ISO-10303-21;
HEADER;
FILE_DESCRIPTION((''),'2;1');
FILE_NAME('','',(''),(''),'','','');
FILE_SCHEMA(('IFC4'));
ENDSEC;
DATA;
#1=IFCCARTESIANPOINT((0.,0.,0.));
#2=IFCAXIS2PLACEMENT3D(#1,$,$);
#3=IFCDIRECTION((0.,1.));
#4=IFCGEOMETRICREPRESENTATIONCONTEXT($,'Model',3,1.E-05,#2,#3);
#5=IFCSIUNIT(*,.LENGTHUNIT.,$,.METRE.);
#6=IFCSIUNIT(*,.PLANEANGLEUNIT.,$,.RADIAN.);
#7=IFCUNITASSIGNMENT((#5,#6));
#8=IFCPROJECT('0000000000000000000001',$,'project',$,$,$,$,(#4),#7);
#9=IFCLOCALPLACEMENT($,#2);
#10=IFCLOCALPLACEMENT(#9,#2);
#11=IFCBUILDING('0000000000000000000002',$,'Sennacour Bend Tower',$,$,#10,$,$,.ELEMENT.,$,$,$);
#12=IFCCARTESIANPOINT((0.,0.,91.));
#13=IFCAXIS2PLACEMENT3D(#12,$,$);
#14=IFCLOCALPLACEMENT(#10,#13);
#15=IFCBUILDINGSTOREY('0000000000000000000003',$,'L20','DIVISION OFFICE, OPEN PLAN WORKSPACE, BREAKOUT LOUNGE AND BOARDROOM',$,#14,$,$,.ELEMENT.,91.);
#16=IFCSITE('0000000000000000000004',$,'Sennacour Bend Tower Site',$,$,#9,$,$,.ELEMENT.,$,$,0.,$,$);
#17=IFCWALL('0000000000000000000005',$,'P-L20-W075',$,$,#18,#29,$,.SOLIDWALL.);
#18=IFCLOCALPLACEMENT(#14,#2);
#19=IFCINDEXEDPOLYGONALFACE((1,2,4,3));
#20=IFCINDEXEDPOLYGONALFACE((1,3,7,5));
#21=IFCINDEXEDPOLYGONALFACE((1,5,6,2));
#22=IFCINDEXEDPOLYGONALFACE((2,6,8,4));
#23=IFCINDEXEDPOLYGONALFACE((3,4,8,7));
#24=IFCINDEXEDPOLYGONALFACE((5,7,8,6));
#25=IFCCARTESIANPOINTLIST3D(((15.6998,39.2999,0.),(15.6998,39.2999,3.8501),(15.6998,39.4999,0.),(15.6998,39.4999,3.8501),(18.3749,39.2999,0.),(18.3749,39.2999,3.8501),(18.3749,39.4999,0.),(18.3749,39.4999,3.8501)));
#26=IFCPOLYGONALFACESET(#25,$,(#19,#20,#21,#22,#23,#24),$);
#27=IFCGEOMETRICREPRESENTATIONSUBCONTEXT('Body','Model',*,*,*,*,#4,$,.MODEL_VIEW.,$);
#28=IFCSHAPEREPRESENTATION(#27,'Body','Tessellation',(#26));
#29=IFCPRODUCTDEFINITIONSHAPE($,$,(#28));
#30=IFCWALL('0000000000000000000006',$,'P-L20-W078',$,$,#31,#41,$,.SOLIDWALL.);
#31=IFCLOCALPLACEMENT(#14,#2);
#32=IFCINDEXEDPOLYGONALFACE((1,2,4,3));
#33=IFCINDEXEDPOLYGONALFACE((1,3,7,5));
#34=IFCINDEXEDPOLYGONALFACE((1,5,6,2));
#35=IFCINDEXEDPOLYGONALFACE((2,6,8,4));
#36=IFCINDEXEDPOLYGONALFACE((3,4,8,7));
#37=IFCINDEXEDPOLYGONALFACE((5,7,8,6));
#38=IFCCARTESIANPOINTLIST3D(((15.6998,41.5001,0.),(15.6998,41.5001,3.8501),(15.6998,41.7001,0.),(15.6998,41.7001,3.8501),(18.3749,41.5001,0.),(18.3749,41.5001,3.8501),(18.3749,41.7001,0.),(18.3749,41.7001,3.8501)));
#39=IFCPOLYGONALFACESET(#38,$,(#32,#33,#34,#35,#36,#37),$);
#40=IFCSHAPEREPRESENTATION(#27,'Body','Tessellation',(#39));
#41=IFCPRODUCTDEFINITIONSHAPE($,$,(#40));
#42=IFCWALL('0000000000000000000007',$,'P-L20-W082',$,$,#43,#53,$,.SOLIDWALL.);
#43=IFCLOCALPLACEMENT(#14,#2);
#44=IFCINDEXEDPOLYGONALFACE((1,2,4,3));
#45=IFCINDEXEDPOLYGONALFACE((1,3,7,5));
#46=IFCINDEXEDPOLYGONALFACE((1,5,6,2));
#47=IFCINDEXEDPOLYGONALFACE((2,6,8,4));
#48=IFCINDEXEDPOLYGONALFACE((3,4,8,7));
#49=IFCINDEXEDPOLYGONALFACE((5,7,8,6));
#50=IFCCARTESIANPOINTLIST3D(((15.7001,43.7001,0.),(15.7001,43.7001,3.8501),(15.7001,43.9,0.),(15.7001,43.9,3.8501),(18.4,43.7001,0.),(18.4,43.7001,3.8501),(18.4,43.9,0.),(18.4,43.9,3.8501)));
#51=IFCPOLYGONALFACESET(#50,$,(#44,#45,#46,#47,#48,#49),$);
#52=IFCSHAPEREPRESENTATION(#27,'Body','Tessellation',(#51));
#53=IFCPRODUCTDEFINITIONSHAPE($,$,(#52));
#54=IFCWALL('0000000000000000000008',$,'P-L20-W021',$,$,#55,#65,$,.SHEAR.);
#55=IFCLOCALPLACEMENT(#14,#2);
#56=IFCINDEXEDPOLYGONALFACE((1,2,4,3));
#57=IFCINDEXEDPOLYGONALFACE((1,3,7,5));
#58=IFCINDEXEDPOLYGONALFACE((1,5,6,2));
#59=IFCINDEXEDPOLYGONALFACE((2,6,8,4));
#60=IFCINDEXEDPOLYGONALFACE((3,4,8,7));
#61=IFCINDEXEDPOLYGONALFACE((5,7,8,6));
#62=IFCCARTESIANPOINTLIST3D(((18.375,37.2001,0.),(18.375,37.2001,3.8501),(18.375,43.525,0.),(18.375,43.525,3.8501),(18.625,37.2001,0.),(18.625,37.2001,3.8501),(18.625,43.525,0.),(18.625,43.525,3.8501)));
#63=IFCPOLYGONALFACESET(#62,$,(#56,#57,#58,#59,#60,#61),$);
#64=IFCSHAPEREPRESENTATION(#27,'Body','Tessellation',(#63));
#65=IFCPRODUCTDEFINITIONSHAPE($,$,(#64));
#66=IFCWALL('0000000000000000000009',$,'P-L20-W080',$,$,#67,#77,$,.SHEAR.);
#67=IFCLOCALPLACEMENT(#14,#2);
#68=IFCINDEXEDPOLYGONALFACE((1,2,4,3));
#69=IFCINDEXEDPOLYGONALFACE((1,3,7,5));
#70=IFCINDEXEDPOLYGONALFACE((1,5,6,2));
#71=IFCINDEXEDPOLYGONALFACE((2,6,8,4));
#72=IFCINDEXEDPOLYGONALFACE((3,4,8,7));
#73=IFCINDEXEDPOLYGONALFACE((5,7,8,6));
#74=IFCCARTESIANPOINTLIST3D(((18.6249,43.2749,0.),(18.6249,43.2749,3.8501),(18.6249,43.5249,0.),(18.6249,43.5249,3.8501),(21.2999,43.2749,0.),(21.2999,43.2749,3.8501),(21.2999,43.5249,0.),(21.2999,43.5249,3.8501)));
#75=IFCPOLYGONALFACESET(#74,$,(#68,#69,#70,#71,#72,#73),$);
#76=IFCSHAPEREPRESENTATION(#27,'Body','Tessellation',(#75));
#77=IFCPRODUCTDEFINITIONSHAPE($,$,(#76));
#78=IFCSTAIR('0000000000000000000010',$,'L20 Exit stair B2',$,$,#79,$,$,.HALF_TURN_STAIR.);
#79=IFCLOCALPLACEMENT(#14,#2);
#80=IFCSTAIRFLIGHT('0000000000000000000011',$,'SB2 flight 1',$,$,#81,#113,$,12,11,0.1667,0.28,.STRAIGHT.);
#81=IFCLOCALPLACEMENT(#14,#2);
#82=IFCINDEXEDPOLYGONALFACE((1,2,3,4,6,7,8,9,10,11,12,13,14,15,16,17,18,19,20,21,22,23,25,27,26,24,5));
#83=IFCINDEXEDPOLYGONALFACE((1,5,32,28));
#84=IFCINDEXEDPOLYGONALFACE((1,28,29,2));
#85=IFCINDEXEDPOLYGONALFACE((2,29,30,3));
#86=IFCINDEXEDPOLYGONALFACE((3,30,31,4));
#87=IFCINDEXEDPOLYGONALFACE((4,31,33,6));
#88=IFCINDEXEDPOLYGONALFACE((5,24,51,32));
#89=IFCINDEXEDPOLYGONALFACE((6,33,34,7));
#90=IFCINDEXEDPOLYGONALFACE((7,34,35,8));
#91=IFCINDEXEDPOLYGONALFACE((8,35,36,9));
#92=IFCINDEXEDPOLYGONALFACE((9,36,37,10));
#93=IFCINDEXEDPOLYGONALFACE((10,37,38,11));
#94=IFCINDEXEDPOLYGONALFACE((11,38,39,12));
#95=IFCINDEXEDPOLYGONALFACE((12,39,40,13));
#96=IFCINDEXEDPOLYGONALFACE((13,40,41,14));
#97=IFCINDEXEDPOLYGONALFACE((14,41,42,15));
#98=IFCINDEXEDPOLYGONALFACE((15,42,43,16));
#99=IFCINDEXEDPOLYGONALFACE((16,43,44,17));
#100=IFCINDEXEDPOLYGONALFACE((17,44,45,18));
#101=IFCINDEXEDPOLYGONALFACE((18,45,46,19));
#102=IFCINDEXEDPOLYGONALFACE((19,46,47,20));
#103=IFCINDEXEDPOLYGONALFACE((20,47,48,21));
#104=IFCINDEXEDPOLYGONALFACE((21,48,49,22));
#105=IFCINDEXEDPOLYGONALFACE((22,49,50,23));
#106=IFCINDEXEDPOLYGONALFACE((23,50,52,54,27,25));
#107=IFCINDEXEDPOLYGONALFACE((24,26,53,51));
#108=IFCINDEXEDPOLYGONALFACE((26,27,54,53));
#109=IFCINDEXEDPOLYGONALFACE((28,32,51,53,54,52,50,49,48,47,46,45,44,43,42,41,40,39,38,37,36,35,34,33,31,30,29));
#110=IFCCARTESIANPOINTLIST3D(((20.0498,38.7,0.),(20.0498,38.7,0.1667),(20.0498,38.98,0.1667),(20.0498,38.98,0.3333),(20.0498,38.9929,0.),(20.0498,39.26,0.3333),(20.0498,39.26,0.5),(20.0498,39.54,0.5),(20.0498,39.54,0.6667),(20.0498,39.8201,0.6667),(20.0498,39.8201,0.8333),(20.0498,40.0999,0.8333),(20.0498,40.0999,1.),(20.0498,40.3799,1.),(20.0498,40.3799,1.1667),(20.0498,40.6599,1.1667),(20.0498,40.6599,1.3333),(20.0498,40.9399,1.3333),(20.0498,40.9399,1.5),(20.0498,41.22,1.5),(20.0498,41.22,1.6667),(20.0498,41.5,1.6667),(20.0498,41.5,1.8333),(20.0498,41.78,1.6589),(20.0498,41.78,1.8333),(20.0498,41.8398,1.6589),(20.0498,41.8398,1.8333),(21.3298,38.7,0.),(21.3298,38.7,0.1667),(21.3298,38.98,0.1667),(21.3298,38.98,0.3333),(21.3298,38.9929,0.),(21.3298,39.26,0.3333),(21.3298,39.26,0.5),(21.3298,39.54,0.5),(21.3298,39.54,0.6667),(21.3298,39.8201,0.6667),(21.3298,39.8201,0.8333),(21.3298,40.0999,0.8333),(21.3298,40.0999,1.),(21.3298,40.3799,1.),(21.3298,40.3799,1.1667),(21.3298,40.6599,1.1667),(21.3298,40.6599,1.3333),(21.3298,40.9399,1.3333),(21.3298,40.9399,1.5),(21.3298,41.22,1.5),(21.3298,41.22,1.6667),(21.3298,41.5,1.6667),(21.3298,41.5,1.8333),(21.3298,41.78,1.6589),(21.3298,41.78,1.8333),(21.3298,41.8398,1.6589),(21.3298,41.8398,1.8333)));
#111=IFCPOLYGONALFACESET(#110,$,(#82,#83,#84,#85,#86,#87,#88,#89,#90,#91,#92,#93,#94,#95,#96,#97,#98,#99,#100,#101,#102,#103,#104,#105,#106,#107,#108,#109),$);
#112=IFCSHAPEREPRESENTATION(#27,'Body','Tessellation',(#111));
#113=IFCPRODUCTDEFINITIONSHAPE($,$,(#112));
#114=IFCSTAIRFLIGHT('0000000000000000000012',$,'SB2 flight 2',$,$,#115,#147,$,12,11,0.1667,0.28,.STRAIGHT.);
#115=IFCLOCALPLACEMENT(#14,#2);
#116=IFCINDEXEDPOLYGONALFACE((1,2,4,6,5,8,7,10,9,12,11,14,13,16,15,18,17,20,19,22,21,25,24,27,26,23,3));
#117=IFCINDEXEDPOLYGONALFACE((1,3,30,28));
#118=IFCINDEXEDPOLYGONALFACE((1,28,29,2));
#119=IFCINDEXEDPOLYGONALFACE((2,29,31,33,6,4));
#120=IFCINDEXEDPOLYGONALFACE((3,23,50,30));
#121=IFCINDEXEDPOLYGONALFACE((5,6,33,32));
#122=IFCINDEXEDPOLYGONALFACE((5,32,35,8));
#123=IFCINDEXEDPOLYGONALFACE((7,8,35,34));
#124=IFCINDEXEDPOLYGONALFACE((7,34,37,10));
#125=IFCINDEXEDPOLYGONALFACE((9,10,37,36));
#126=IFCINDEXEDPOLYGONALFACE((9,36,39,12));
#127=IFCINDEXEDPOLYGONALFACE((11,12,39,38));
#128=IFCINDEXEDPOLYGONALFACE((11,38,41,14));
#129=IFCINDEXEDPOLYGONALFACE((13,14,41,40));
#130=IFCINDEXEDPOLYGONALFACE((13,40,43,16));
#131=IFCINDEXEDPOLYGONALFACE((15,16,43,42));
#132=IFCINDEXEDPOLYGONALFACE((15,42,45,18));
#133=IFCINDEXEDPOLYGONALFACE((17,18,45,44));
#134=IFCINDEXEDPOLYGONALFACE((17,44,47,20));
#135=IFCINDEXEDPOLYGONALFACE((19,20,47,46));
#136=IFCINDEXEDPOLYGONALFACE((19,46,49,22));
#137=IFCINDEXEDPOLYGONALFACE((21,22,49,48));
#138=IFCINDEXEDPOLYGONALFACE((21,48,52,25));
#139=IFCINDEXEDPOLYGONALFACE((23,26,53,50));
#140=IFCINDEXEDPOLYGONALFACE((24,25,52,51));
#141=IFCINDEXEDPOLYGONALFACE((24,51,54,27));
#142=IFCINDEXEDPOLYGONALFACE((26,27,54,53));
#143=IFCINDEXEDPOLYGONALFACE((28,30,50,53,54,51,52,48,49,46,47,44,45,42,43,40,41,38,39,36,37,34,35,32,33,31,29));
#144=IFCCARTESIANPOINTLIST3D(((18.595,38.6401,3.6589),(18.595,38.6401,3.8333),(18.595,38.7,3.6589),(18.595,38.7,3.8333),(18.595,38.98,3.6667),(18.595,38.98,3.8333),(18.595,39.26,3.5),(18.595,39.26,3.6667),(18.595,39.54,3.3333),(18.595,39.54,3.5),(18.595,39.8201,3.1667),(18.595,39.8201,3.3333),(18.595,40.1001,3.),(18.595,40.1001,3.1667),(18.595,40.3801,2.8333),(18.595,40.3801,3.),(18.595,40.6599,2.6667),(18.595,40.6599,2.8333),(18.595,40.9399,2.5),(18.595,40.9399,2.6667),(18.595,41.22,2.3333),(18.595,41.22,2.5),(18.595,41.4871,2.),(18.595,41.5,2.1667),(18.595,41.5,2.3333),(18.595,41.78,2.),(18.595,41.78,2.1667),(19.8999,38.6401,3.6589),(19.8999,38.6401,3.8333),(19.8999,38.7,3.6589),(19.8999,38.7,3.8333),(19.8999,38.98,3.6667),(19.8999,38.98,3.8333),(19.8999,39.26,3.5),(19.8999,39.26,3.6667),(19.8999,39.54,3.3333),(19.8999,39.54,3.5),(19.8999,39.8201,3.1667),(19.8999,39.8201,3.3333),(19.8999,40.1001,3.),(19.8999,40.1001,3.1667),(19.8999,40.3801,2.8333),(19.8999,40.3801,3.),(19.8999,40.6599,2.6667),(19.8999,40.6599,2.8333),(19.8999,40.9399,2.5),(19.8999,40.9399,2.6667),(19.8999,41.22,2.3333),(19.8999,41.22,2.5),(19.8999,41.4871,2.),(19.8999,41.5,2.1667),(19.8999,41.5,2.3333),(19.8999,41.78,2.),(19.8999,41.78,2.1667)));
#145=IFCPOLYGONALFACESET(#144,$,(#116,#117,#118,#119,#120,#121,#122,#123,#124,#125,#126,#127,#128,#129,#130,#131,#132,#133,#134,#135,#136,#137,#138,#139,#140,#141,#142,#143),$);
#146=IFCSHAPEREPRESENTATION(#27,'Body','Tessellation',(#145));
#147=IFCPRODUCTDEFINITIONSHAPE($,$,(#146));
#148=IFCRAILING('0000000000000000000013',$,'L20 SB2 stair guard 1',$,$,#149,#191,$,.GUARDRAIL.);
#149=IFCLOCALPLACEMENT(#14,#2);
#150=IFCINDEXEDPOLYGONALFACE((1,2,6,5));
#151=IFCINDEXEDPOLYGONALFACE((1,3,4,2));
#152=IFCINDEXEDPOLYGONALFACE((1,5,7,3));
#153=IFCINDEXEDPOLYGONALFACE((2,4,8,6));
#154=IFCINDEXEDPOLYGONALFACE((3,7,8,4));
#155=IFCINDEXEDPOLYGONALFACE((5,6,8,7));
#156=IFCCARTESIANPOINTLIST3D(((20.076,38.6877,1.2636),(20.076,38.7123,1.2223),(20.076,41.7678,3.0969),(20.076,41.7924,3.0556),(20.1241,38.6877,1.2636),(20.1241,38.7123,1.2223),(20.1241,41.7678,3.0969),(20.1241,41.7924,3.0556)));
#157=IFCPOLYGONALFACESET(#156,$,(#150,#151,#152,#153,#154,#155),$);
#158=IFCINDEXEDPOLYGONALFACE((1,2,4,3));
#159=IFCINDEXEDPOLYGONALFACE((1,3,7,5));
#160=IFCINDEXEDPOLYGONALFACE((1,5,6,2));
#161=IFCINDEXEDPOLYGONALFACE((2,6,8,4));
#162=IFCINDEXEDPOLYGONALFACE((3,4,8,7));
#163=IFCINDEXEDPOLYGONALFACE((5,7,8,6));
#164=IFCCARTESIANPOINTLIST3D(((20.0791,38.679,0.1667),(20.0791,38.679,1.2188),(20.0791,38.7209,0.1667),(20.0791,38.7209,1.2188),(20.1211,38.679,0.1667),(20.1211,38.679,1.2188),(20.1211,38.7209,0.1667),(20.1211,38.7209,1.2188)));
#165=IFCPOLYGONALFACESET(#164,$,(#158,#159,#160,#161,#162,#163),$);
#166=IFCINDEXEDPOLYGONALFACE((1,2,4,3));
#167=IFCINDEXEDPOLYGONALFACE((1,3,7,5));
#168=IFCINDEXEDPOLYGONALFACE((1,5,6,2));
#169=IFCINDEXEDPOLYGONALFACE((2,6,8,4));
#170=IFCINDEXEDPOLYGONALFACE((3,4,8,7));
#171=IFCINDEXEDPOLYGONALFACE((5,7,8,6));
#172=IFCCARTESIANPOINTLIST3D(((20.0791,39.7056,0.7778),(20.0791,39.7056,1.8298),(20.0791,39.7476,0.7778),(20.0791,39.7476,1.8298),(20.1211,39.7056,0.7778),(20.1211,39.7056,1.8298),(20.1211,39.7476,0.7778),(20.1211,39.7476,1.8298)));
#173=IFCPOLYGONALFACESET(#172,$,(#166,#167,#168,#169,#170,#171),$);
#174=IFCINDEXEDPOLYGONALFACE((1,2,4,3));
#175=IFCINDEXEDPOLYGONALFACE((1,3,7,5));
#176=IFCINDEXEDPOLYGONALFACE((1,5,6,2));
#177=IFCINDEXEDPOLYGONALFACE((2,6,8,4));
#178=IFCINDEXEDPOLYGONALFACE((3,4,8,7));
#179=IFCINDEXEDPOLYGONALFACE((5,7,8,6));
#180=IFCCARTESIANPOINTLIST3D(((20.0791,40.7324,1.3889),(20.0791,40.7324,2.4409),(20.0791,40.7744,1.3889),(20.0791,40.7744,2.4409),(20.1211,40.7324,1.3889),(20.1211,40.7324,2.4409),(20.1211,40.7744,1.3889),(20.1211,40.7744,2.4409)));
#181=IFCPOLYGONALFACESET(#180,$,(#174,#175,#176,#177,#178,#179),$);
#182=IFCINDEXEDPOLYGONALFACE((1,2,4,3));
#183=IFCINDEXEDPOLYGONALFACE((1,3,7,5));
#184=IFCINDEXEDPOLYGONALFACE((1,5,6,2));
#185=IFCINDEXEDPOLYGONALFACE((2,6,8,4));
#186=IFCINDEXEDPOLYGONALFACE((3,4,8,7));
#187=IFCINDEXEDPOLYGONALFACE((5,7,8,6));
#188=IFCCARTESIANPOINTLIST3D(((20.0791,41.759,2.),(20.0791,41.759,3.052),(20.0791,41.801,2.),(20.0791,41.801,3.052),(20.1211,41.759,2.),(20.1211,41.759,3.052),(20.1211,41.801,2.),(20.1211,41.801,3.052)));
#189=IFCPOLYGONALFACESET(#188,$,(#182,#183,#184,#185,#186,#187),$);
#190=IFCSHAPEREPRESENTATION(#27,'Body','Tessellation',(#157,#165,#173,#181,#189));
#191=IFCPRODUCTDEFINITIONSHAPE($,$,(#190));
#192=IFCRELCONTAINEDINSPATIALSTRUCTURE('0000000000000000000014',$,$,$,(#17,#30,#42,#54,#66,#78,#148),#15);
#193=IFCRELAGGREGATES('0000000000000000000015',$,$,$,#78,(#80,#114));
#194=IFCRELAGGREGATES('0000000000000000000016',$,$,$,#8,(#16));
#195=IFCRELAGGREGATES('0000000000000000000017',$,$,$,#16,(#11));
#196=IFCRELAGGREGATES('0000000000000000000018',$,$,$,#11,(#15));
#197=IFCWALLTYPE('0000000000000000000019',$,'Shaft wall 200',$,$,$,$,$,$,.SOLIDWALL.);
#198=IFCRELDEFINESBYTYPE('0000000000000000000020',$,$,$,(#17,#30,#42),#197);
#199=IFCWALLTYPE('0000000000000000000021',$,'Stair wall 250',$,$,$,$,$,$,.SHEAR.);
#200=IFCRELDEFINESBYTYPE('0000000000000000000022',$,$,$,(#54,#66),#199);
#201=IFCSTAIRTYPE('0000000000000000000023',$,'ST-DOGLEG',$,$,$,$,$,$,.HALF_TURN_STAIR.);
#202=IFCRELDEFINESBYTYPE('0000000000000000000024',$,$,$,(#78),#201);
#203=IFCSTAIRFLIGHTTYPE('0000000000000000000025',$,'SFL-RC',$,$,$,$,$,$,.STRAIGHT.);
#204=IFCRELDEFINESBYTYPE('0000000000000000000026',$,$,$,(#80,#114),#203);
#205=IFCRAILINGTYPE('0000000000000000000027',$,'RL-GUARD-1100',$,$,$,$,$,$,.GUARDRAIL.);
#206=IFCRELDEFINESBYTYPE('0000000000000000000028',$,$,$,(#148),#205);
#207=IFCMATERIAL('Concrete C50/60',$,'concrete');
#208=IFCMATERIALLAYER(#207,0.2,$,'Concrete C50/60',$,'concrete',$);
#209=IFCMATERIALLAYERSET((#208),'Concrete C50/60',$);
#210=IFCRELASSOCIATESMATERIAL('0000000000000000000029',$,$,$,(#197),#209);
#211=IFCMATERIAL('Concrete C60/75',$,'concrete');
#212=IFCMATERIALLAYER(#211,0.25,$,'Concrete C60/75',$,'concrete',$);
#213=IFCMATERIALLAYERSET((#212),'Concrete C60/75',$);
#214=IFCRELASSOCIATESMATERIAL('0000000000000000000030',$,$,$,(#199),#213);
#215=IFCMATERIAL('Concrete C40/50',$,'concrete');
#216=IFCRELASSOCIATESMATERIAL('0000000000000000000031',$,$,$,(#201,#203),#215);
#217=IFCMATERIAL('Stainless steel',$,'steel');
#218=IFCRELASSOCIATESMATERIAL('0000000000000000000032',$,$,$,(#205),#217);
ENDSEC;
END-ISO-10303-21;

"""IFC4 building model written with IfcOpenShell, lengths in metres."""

from ifc_helpers import new_model, si_unit, direction, frame, frame_2d, origin, origin_2d, place, context, subcontext, project, spatial, polyline, rectangle, outline, extrude, material, layer, layer_set, type_object, element, aggregate, save


model = new_model("IFC4")

# Units and contexts
model_context = context("Model", 3, precision=1e-05, world=origin(), true_north=direction((0.0, 1.0)))
body_context = subcontext(model_context, "Body", "Model", "MODEL_VIEW")
ifc_project = project(units=[si_unit("LENGTHUNIT", "METRE"), si_unit("PLANEANGLEUNIT", "RADIAN")], contexts=[model_context])

# Site, building, storey
site_placement = place(None, origin())
site = spatial("IfcSite", under=ifc_project, at=site_placement, Name="Sennacour Bend Tower Site", CompositionType="ELEMENT", RefElevation=0.0)
building_placement = place(site_placement, origin())
building = spatial("IfcBuilding", under=site, at=building_placement, Name="Sennacour Bend Tower", CompositionType="ELEMENT")
storey_placement = place(building_placement, frame((0.0, 0.0, 91.0)))
storey = spatial("IfcBuildingStorey", under=building, at=storey_placement, Name="L20", Description="DIVISION OFFICE, OPEN PLAN WORKSPACE, BREAKOUT LOUNGE AND BOARDROOM", CompositionType="ELEMENT", Elevation=91.0)

# Shared definitions
ifc_material_1 = material(Name="Concrete C50/60", Category="concrete")
ifc_layer_1 = layer(ifc_material_1, 0.2, Name="Concrete C50/60", Category="concrete")
ifc_layer_set_1 = layer_set([ifc_layer_1], Name="Concrete C50/60")
wall_type_1 = type_object("IfcWallType", Name="Shaft wall 200", PredefinedType="SOLIDWALL", material=ifc_layer_set_1)
ifc_material_2 = material(Name="Stainless steel", Category="steel")

# Walls
for number, where, z_axis, x_axis, name in (
    (1, (15.7, 39.3999, 0.0), (0.0, 0.0, 1.0), (1.0, 0.0, 0.0), "P-L20-W075"),
    (2, (15.7, 41.6001, 0.0), (0.0, 0.0, 1.0), (1.0, 0.0, 0.0), "P-L20-W078"),
):
    element("IfcWall", number, at=place(storey_placement, frame(where, z_axis=z_axis, x_axis=x_axis)), inside=storey, type_object=wall_type_1, Name=name, PredefinedType="SOLIDWALL", context=body_context, shape_type="SweptSolid", body=[
        extrude(rectangle(XDim=2.675, YDim=0.2, at=frame_2d((1.3374, 0.0))), origin(), (0.0, 0.0, 1.0), 3.8501),
    ])
wall_1_placement = place(storey_placement, frame((15.7, 43.8, 0.0), z_axis=(0.0, 0.0, 1.0), x_axis=(1.0, 0.0, 0.0)))
element("IfcWall", 3, at=wall_1_placement, inside=storey, type_object=wall_type_1, Name="P-L20-W082", PredefinedType="SOLIDWALL", context=body_context, shape_type="SweptSolid", body=[
    extrude(rectangle(XDim=2.7, YDim=0.2, at=frame_2d((1.3501, 0.0))), origin(), (0.0, 0.0, 1.0), 3.8501),
])
ifc_material_3 = material(Name="Concrete C60/75", Category="concrete")
ifc_layer_2 = layer(ifc_material_3, 0.25, Name="Concrete C60/75", Category="concrete")
ifc_layer_set_2 = layer_set([ifc_layer_2], Name="Concrete C60/75")
wall_type_2 = type_object("IfcWallType", Name="Stair wall 250", PredefinedType="SHEAR", material=ifc_layer_set_2)
wall_2_placement = place(storey_placement, frame((18.5, 37.2, 0.0), z_axis=(0.0, 0.0, 1.0), x_axis=(0.0, 1.0, 0.0)))
element("IfcWall", 4, at=wall_2_placement, inside=storey, type_object=wall_type_2, Name="P-L20-W021", PredefinedType="SHEAR", context=body_context, shape_type="SweptSolid", body=[
    extrude(rectangle(XDim=6.325, YDim=0.25, at=frame_2d((3.1626, 0.0))), origin(), (0.0, 0.0, 1.0), 3.8501),
])
wall_3_placement = place(storey_placement, frame((18.625, 43.3999, 0.0), z_axis=(0.0, 0.0, 1.0), x_axis=(1.0, 0.0, 0.0)))
element("IfcWall", 5, at=wall_3_placement, inside=storey, type_object=wall_type_2, Name="P-L20-W080", PredefinedType="SHEAR", context=body_context, shape_type="SweptSolid", body=[
    extrude(rectangle(XDim=2.675, YDim=0.25, at=frame_2d((1.3374, 0.0))), origin(), (0.0, 0.0, 1.0), 3.8501),
])

# Stair, stair flights
ifc_material_4 = material(Name="Concrete C40/50", Category="concrete")
stair_type = type_object("IfcStairType", Name="ST-DOGLEG", PredefinedType="HALF_TURN_STAIR", material=ifc_material_4)
stair_placement = place(storey_placement, origin())
stair = element("IfcStair", 6, at=stair_placement, inside=storey, type_object=stair_type, Name="L20 Exit stair B2", PredefinedType="HALF_TURN_STAIR")
stair_flight_type = type_object("IfcStairFlightType", Name="SFL-RC", PredefinedType="STRAIGHT", material=ifc_material_4)
stair_flight_1_placement = place(storey_placement, frame((20.6899, 38.7, 0.0), z_axis=(0.0, 0.0, 1.0), x_axis=(0.0, 1.0, 0.0)))
stair_flight_1 = element("IfcStairFlight", 7, at=stair_flight_1_placement, type_object=stair_flight_type, Name="SB2 flight 1", NumberOfRisers=12, NumberOfTreads=11, PredefinedType="STRAIGHT", RiserHeight=0.1667, TreadLength=0.28, context=body_context, shape_type="SweptSolid", body=[
    extrude(outline(polyline([(0.0, 0.0), (0.0, 0.1667), (0.28, 0.1667), (0.28, 0.3333), (0.5601, 0.3333), (0.5601, 0.5), (0.8401, 0.5), (0.8401, 0.6667), (1.1201, 0.6667), (1.1201, 0.8333), (1.3999, 0.8333), (1.3999, 1.0), (1.6799, 1.0), (1.6799, 1.1667), (1.96, 1.1667), (1.96, 1.3333), (2.24, 1.3333), (2.24, 1.5), (2.52, 1.5), (2.52, 1.6667), (2.8, 1.6667), (2.8, 1.8333), (3.0801, 1.8333), (3.1399, 1.8333), (3.1399, 1.6589), (3.0801, 1.6589), (0.293, 0.0), (0.0, 0.0)])), frame((0.0, 0.6401, 0.0), z_axis=(0.0, -1.0, 0.0), x_axis=(1.0, 0.0, 0.0)), (0.0, 0.0, 1.0), 1.28),
])
stair_flight_2_placement = place(storey_placement, frame((19.2476, 41.78, 2.0), z_axis=(0.0, 0.0, 1.0), x_axis=(0.0, -1.0, 0.0)))
stair_flight_2 = element("IfcStairFlight", 8, at=stair_flight_2_placement, type_object=stair_flight_type, Name="SB2 flight 2", NumberOfRisers=12, NumberOfTreads=11, PredefinedType="STRAIGHT", RiserHeight=0.1667, TreadLength=0.28, context=body_context, shape_type="SweptSolid", body=[
    extrude(outline(polyline([(0.0, 0.0), (0.0, 0.1667), (0.28, 0.1667), (0.28, 0.3333), (0.5601, 0.3333), (0.5601, 0.5), (0.8401, 0.5), (0.8401, 0.6667), (1.1201, 0.6667), (1.1201, 0.8333), (1.3999, 0.8333), (1.3999, 1.0), (1.6799, 1.0), (1.6799, 1.1667), (1.96, 1.1667), (1.96, 1.3333), (2.24, 1.3333), (2.24, 1.5), (2.52, 1.5), (2.52, 1.6667), (2.8, 1.6667), (2.8, 1.8333), (3.0801, 1.8333), (3.1399, 1.8333), (3.1399, 1.6589), (3.0801, 1.6589), (0.293, 0.0), (0.0, 0.0)])), frame((0.0, 0.6523, 0.0), z_axis=(0.0, -1.0, 0.0), x_axis=(1.0, 0.0, 0.0)), (0.0, 0.0, 1.0), 1.3049),
])
aggregate(stair, [stair_flight_1, stair_flight_2])

# Railing
railing_type_1 = type_object("IfcRailingType", Name="RL-GUARD-1100", PredefinedType="GUARDRAIL", material=ifc_material_2)
railing_1_placement = place(storey_placement, frame((20.1001, 38.7, 0.1667)))
element("IfcRailing", 9, at=railing_1_placement, inside=storey, type_object=railing_type_1, Name="L20 SB2 stair guard 1", PredefinedType="GUARDRAIL", context=body_context, shape_type="SweptSolid", body=[
    extrude(rectangle(XDim=0.0481, YDim=0.0481, at=origin_2d()), frame((0.0, 0.0, 1.0762), z_axis=(0.0, 0.859309, 0.511458), x_axis=(-1.0, 0.0, 0.0)), (0.0, 0.0, 1.0), 3.5845),
    extrude(rectangle(XDim=0.042, YDim=0.042, at=origin_2d()), origin(), (0.0, 0.0, 1.0), 1.052),
    extrude(rectangle(XDim=0.042, YDim=0.042, at=origin_2d()), frame((0.0, 1.0266, 0.6111)), (0.0, 0.0, 1.0), 1.052),
    extrude(rectangle(XDim=0.042, YDim=0.042, at=origin_2d()), frame((0.0, 2.0535, 1.2222)), (0.0, 0.0, 1.0), 1.052),
    extrude(rectangle(XDim=0.042, YDim=0.042, at=origin_2d()), frame((0.0, 3.0801, 1.8333)), (0.0, 0.0, 1.0), 1.052),
])

save(model, "model.ifc")
